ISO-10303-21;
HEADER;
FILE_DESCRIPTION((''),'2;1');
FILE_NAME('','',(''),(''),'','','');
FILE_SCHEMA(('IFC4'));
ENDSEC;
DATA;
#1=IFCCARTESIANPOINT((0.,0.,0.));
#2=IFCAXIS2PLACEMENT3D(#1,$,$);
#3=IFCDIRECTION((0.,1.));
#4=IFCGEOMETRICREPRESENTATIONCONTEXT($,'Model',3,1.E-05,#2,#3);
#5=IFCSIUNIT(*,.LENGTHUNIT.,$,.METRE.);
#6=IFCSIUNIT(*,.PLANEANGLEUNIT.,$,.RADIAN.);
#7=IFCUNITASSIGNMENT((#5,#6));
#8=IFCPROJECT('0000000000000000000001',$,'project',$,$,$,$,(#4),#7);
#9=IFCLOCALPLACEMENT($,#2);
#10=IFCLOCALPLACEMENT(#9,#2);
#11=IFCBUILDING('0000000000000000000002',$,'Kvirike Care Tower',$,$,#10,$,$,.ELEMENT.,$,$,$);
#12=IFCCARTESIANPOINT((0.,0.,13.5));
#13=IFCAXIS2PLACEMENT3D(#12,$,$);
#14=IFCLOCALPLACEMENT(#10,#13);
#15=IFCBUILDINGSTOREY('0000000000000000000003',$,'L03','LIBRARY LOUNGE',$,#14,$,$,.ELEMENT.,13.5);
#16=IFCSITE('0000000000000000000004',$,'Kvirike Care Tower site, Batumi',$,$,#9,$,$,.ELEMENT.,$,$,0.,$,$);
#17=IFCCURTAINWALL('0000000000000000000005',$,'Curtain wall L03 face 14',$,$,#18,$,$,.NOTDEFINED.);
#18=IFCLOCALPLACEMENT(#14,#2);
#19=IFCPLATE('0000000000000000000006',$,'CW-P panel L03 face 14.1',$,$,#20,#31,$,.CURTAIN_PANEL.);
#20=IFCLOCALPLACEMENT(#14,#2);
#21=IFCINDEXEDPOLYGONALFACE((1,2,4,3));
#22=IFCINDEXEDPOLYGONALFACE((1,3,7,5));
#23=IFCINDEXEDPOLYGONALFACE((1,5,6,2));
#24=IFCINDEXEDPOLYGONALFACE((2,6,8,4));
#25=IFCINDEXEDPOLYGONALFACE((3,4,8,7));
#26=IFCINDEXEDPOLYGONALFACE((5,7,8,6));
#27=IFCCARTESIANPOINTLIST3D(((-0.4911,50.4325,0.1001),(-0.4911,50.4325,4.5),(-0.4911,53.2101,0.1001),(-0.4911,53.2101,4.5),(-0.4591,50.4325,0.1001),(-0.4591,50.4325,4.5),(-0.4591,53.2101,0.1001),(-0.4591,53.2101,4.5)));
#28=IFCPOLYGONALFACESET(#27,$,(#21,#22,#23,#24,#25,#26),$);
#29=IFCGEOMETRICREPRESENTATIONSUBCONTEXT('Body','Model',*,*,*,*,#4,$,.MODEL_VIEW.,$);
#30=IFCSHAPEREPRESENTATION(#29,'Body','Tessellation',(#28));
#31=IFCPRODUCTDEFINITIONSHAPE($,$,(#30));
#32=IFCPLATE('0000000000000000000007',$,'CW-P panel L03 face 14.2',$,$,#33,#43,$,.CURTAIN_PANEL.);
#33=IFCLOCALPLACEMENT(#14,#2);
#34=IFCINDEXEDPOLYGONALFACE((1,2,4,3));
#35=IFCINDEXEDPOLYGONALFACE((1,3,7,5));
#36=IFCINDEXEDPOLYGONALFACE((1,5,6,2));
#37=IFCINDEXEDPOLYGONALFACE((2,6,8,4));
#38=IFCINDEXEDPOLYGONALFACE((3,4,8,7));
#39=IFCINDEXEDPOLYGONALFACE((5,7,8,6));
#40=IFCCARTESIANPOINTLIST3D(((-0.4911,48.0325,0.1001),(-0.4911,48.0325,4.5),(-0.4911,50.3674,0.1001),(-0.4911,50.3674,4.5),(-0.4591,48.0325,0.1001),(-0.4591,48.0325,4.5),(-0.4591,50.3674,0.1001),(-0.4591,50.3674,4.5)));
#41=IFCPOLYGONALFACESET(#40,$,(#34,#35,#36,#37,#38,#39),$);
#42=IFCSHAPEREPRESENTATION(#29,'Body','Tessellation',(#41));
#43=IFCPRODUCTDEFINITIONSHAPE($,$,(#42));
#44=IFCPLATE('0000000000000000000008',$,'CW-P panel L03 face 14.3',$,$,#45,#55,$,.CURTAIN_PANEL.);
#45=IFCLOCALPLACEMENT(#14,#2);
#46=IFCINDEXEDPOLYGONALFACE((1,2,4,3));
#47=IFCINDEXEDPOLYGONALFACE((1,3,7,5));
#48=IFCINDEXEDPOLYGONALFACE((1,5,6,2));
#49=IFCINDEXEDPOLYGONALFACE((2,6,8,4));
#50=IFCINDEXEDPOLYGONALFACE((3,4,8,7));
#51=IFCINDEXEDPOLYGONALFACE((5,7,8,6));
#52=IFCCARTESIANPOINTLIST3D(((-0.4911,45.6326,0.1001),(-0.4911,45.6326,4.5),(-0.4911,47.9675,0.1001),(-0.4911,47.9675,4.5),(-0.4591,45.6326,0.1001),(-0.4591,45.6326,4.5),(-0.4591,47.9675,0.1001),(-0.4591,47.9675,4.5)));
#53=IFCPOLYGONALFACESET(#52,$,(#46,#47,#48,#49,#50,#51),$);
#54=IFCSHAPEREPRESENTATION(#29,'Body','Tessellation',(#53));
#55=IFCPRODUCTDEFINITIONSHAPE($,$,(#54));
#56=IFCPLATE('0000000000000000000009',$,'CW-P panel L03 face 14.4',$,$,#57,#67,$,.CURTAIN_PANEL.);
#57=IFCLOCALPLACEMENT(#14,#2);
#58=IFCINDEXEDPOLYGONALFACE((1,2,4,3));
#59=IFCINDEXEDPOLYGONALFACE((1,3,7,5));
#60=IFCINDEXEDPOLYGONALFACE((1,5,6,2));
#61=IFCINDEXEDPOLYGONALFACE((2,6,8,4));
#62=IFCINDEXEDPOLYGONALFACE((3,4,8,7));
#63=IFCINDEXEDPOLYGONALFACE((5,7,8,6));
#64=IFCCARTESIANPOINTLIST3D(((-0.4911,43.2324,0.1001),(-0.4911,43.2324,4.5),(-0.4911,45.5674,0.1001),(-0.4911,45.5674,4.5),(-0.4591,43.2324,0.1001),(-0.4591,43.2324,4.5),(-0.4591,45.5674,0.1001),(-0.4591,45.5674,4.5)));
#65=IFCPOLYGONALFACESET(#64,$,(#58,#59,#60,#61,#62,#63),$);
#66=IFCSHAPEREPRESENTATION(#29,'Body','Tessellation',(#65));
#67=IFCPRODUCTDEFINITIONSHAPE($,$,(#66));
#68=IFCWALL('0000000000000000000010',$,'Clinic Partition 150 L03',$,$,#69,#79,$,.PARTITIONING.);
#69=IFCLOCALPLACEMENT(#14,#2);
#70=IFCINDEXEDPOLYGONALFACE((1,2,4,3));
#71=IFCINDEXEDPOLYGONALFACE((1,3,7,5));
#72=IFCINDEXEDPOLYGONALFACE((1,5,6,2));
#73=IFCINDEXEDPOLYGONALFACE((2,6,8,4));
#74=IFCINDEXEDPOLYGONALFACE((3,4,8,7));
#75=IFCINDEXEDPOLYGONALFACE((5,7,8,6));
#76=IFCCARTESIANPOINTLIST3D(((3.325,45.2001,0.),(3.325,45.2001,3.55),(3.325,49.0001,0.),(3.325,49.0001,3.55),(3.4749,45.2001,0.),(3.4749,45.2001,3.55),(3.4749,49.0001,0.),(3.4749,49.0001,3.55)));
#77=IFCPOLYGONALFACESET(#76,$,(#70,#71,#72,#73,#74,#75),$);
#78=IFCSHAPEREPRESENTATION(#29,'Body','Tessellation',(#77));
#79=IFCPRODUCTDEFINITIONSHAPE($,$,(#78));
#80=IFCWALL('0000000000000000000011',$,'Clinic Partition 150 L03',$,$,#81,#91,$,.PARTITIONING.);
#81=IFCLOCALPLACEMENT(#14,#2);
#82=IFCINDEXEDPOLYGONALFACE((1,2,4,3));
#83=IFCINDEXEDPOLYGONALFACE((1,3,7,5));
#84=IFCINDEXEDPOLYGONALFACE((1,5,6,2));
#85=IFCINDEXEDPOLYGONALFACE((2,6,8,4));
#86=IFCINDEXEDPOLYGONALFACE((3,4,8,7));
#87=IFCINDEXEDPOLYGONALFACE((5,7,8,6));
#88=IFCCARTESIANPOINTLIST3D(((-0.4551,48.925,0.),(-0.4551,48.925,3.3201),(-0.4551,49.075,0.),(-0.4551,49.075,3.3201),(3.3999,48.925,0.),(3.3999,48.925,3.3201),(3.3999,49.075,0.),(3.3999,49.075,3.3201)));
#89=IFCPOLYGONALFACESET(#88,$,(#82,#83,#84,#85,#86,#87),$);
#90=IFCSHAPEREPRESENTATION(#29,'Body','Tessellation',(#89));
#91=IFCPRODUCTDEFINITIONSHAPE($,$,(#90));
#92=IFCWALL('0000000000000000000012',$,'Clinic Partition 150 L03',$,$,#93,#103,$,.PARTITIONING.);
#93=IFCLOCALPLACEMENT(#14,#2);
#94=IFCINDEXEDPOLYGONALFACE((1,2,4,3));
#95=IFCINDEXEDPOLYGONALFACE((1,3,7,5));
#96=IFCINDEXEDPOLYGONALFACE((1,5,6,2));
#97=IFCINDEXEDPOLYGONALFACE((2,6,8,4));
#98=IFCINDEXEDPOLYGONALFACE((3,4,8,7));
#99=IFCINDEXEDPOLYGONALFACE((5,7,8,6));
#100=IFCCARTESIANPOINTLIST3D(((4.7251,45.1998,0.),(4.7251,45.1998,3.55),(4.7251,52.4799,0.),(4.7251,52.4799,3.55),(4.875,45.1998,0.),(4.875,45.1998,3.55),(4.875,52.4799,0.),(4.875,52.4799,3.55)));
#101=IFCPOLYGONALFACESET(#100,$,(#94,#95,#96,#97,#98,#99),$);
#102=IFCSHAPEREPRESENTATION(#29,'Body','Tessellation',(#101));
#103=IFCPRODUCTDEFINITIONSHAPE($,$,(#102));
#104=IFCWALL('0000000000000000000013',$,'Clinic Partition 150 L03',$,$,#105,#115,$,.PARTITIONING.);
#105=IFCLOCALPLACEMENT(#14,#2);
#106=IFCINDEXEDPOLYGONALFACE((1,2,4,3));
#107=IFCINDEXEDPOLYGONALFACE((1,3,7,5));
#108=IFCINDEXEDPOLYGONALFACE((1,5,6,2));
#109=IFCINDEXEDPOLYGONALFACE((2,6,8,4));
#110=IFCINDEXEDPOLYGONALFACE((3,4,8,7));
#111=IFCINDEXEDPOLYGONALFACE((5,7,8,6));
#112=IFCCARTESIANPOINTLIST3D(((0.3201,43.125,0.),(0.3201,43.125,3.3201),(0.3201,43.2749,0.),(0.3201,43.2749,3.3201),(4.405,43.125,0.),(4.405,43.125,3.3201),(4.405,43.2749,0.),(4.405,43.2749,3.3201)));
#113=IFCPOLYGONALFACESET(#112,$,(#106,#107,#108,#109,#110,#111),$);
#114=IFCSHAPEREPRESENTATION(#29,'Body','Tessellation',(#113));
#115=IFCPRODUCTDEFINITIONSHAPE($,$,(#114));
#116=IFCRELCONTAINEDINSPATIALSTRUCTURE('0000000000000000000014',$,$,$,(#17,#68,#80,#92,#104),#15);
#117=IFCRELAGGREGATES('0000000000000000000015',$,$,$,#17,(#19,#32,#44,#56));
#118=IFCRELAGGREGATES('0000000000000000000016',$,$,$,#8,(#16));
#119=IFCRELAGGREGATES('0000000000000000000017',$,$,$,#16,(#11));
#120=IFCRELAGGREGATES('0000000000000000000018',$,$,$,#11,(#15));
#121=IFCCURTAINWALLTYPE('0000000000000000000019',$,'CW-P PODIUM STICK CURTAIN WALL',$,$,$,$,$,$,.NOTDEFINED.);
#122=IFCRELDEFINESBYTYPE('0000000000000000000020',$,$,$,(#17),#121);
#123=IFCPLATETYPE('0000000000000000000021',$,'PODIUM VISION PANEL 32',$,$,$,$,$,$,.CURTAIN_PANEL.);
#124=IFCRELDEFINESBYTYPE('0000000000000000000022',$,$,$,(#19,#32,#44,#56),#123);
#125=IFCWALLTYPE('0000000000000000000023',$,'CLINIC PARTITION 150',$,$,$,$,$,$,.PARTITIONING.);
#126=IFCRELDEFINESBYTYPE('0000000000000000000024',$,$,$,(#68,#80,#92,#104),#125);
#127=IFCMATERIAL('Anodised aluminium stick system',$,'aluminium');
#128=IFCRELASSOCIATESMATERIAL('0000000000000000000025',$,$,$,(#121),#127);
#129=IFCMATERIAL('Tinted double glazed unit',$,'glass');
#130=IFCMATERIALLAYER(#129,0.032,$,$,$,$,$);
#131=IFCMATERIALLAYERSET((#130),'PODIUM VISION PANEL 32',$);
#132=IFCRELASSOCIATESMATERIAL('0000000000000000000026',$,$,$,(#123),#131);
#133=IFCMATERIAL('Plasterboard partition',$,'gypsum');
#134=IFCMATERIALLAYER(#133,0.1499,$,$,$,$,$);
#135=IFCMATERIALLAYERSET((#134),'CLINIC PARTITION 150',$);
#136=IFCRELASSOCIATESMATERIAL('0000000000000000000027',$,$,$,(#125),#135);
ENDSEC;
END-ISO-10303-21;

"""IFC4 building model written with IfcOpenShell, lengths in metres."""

from ifc_helpers import new_model, si_unit, direction, frame, frame_2d, origin, origin_2d, place, context, subcontext, project, spatial, rectangle, extrude, material, layer, layer_set, type_object, element, aggregate, save


model = new_model("IFC4")

# Units and contexts
model_context = context("Model", 3, precision=1e-05, world=origin(), true_north=direction((0.0, 1.0)))
body_context = subcontext(model_context, "Body", "Model", "MODEL_VIEW")
ifc_project = project(units=[si_unit("LENGTHUNIT", "METRE"), si_unit("PLANEANGLEUNIT", "RADIAN")], contexts=[model_context])

# Site, building, storey
site_placement = place(None, origin())
site = spatial("IfcSite", under=ifc_project, at=site_placement, Name="Kvirike Care Tower site, Batumi", CompositionType="ELEMENT", RefElevation=0.0)
building_placement = place(site_placement, origin())
building = spatial("IfcBuilding", under=site, at=building_placement, Name="Kvirike Care Tower", CompositionType="ELEMENT")
storey_placement = place(building_placement, frame((0.0, 0.0, 13.5)))
storey = spatial("IfcBuildingStorey", under=building, at=storey_placement, Name="L03", Description="LIBRARY LOUNGE", CompositionType="ELEMENT", Elevation=13.5)

# Curtain wall
ifc_material_1 = material(Name="Anodised aluminium stick system", Category="aluminium")
curtain_wall_type = type_object("IfcCurtainWallType", Name="CW-P PODIUM STICK CURTAIN WALL", PredefinedType="NOTDEFINED", material=ifc_material_1)
curtain_wall_placement = place(storey_placement, origin())
curtain_wall = element("IfcCurtainWall", 1, at=curtain_wall_placement, inside=storey, type_object=curtain_wall_type, Name="Curtain wall L03 face 14", PredefinedType="NOTDEFINED")

# Plates
ifc_material_2 = material(Name="Tinted double glazed unit", Category="glass")
ifc_layer_1 = layer(ifc_material_2, 0.032)
ifc_layer_set_1 = layer_set([ifc_layer_1], Name="PODIUM VISION PANEL 32")
plate_type = type_object("IfcPlateType", Name="PODIUM VISION PANEL 32", PredefinedType="CURTAIN_PANEL", material=ifc_layer_set_1)
plate_1_placement = place(storey_placement, frame((-0.4751, 51.8213, 0.1001), z_axis=(0.0, 0.0, 1.0), x_axis=(0.0, -1.0, 0.0)))
plate_1 = element("IfcPlate", 2, at=plate_1_placement, type_object=plate_type, Name="CW-P panel L03 face 14.1", PredefinedType="CURTAIN_PANEL", context=body_context, shape_type="SweptSolid", body=[
    extrude(rectangle(XDim=2.7776, YDim=0.032, at=origin_2d()), origin(), (0.0, 0.0, 1.0), 4.3999),
])
plate_2_placement = place(storey_placement, frame((-0.4751, 49.2, 0.1001), z_axis=(0.0, 0.0, 1.0), x_axis=(0.0, -1.0, 0.0)))
plate_2 = element("IfcPlate", 3, at=plate_2_placement, type_object=plate_type, Name="CW-P panel L03 face 14.2", PredefinedType="CURTAIN_PANEL", context=body_context, shape_type="SweptSolid", body=[
    extrude(rectangle(XDim=2.335, YDim=0.032, at=origin_2d()), origin(), (0.0, 0.0, 1.0), 4.3999),
])
plate_3_placement = place(storey_placement, frame((-0.4751, 46.8, 0.1001), z_axis=(0.0, 0.0, 1.0), x_axis=(0.0, -1.0, 0.0)))
plate_3 = element("IfcPlate", 4, at=plate_3_placement, type_object=plate_type, Name="CW-P panel L03 face 14.3", PredefinedType="CURTAIN_PANEL", context=body_context, shape_type="SweptSolid", body=[
    extrude(rectangle(XDim=2.335, YDim=0.032, at=origin_2d()), origin(), (0.0, 0.0, 1.0), 4.3999),
])
plate_4_placement = place(storey_placement, frame((-0.4751, 44.3999, 0.1001), z_axis=(0.0, 0.0, 1.0), x_axis=(0.0, -1.0, 0.0)))
plate_4 = element("IfcPlate", 5, at=plate_4_placement, type_object=plate_type, Name="CW-P panel L03 face 14.4", PredefinedType="CURTAIN_PANEL", context=body_context, shape_type="SweptSolid", body=[
    extrude(rectangle(XDim=2.335, YDim=0.032, at=origin_2d()), origin(), (0.0, 0.0, 1.0), 4.3999),
])
aggregate(curtain_wall, [plate_1, plate_2, plate_3, plate_4])

# Walls
ifc_material_3 = material(Name="Plasterboard partition", Category="gypsum")
ifc_layer_2 = layer(ifc_material_3, 0.1499)
ifc_layer_set_2 = layer_set([ifc_layer_2], Name="CLINIC PARTITION 150")
wall_type = type_object("IfcWallType", Name="CLINIC PARTITION 150", PredefinedType="PARTITIONING", material=ifc_layer_set_2)
wall_1_placement = place(storey_placement, frame((3.3999, 49.0, 0.0), z_axis=(0.0, 0.0, 1.0), x_axis=(0.0, -1.0, 0.0)))
element("IfcWall", 6, at=wall_1_placement, inside=storey, type_object=wall_type, Name="Clinic Partition 150 L03", PredefinedType="PARTITIONING", context=body_context, shape_type="SweptSolid", body=[
    extrude(rectangle(XDim=3.8, YDim=0.1499, at=frame_2d((1.8999, 0.0))), origin(), (0.0, 0.0, 1.0), 3.55),
])
wall_2_placement = place(storey_placement, frame((3.3999, 49.0, 0.0), z_axis=(0.0, 0.0, 1.0), x_axis=(-1.0, 0.0, 0.0)))
element("IfcWall", 7, at=wall_2_placement, inside=storey, type_object=wall_type, Name="Clinic Partition 150 L03", PredefinedType="PARTITIONING", context=body_context, shape_type="SweptSolid", body=[
    extrude(rectangle(XDim=3.855, YDim=0.1499, at=frame_2d((1.9275, 0.0))), origin(), (0.0, 0.0, 1.0), 3.3201),
])
wall_3_placement = place(storey_placement, frame((4.8, 52.48, 0.0), z_axis=(0.0, 0.0, 1.0), x_axis=(0.0, -1.0, 0.0)))
element("IfcWall", 8, at=wall_3_placement, inside=storey, type_object=wall_type, Name="Clinic Partition 150 L03", PredefinedType="PARTITIONING", context=body_context, shape_type="SweptSolid", body=[
    extrude(rectangle(XDim=7.28, YDim=0.1499, at=frame_2d((3.6401, 0.0))), origin(), (0.0, 0.0, 1.0), 3.55),
])
wall_4_placement = place(storey_placement, frame((4.405, 43.2, 0.0), z_axis=(0.0, 0.0, 1.0), x_axis=(-1.0, 0.0, 0.0)))
element("IfcWall", 9, at=wall_4_placement, inside=storey, type_object=wall_type, Name="Clinic Partition 150 L03", PredefinedType="PARTITIONING", context=body_context, shape_type="SweptSolid", body=[
    extrude(rectangle(XDim=4.085, YDim=0.1499, at=frame_2d((2.0425, 0.0))), origin(), (0.0, 0.0, 1.0), 3.3201),
])

save(model, "model.ifc")
